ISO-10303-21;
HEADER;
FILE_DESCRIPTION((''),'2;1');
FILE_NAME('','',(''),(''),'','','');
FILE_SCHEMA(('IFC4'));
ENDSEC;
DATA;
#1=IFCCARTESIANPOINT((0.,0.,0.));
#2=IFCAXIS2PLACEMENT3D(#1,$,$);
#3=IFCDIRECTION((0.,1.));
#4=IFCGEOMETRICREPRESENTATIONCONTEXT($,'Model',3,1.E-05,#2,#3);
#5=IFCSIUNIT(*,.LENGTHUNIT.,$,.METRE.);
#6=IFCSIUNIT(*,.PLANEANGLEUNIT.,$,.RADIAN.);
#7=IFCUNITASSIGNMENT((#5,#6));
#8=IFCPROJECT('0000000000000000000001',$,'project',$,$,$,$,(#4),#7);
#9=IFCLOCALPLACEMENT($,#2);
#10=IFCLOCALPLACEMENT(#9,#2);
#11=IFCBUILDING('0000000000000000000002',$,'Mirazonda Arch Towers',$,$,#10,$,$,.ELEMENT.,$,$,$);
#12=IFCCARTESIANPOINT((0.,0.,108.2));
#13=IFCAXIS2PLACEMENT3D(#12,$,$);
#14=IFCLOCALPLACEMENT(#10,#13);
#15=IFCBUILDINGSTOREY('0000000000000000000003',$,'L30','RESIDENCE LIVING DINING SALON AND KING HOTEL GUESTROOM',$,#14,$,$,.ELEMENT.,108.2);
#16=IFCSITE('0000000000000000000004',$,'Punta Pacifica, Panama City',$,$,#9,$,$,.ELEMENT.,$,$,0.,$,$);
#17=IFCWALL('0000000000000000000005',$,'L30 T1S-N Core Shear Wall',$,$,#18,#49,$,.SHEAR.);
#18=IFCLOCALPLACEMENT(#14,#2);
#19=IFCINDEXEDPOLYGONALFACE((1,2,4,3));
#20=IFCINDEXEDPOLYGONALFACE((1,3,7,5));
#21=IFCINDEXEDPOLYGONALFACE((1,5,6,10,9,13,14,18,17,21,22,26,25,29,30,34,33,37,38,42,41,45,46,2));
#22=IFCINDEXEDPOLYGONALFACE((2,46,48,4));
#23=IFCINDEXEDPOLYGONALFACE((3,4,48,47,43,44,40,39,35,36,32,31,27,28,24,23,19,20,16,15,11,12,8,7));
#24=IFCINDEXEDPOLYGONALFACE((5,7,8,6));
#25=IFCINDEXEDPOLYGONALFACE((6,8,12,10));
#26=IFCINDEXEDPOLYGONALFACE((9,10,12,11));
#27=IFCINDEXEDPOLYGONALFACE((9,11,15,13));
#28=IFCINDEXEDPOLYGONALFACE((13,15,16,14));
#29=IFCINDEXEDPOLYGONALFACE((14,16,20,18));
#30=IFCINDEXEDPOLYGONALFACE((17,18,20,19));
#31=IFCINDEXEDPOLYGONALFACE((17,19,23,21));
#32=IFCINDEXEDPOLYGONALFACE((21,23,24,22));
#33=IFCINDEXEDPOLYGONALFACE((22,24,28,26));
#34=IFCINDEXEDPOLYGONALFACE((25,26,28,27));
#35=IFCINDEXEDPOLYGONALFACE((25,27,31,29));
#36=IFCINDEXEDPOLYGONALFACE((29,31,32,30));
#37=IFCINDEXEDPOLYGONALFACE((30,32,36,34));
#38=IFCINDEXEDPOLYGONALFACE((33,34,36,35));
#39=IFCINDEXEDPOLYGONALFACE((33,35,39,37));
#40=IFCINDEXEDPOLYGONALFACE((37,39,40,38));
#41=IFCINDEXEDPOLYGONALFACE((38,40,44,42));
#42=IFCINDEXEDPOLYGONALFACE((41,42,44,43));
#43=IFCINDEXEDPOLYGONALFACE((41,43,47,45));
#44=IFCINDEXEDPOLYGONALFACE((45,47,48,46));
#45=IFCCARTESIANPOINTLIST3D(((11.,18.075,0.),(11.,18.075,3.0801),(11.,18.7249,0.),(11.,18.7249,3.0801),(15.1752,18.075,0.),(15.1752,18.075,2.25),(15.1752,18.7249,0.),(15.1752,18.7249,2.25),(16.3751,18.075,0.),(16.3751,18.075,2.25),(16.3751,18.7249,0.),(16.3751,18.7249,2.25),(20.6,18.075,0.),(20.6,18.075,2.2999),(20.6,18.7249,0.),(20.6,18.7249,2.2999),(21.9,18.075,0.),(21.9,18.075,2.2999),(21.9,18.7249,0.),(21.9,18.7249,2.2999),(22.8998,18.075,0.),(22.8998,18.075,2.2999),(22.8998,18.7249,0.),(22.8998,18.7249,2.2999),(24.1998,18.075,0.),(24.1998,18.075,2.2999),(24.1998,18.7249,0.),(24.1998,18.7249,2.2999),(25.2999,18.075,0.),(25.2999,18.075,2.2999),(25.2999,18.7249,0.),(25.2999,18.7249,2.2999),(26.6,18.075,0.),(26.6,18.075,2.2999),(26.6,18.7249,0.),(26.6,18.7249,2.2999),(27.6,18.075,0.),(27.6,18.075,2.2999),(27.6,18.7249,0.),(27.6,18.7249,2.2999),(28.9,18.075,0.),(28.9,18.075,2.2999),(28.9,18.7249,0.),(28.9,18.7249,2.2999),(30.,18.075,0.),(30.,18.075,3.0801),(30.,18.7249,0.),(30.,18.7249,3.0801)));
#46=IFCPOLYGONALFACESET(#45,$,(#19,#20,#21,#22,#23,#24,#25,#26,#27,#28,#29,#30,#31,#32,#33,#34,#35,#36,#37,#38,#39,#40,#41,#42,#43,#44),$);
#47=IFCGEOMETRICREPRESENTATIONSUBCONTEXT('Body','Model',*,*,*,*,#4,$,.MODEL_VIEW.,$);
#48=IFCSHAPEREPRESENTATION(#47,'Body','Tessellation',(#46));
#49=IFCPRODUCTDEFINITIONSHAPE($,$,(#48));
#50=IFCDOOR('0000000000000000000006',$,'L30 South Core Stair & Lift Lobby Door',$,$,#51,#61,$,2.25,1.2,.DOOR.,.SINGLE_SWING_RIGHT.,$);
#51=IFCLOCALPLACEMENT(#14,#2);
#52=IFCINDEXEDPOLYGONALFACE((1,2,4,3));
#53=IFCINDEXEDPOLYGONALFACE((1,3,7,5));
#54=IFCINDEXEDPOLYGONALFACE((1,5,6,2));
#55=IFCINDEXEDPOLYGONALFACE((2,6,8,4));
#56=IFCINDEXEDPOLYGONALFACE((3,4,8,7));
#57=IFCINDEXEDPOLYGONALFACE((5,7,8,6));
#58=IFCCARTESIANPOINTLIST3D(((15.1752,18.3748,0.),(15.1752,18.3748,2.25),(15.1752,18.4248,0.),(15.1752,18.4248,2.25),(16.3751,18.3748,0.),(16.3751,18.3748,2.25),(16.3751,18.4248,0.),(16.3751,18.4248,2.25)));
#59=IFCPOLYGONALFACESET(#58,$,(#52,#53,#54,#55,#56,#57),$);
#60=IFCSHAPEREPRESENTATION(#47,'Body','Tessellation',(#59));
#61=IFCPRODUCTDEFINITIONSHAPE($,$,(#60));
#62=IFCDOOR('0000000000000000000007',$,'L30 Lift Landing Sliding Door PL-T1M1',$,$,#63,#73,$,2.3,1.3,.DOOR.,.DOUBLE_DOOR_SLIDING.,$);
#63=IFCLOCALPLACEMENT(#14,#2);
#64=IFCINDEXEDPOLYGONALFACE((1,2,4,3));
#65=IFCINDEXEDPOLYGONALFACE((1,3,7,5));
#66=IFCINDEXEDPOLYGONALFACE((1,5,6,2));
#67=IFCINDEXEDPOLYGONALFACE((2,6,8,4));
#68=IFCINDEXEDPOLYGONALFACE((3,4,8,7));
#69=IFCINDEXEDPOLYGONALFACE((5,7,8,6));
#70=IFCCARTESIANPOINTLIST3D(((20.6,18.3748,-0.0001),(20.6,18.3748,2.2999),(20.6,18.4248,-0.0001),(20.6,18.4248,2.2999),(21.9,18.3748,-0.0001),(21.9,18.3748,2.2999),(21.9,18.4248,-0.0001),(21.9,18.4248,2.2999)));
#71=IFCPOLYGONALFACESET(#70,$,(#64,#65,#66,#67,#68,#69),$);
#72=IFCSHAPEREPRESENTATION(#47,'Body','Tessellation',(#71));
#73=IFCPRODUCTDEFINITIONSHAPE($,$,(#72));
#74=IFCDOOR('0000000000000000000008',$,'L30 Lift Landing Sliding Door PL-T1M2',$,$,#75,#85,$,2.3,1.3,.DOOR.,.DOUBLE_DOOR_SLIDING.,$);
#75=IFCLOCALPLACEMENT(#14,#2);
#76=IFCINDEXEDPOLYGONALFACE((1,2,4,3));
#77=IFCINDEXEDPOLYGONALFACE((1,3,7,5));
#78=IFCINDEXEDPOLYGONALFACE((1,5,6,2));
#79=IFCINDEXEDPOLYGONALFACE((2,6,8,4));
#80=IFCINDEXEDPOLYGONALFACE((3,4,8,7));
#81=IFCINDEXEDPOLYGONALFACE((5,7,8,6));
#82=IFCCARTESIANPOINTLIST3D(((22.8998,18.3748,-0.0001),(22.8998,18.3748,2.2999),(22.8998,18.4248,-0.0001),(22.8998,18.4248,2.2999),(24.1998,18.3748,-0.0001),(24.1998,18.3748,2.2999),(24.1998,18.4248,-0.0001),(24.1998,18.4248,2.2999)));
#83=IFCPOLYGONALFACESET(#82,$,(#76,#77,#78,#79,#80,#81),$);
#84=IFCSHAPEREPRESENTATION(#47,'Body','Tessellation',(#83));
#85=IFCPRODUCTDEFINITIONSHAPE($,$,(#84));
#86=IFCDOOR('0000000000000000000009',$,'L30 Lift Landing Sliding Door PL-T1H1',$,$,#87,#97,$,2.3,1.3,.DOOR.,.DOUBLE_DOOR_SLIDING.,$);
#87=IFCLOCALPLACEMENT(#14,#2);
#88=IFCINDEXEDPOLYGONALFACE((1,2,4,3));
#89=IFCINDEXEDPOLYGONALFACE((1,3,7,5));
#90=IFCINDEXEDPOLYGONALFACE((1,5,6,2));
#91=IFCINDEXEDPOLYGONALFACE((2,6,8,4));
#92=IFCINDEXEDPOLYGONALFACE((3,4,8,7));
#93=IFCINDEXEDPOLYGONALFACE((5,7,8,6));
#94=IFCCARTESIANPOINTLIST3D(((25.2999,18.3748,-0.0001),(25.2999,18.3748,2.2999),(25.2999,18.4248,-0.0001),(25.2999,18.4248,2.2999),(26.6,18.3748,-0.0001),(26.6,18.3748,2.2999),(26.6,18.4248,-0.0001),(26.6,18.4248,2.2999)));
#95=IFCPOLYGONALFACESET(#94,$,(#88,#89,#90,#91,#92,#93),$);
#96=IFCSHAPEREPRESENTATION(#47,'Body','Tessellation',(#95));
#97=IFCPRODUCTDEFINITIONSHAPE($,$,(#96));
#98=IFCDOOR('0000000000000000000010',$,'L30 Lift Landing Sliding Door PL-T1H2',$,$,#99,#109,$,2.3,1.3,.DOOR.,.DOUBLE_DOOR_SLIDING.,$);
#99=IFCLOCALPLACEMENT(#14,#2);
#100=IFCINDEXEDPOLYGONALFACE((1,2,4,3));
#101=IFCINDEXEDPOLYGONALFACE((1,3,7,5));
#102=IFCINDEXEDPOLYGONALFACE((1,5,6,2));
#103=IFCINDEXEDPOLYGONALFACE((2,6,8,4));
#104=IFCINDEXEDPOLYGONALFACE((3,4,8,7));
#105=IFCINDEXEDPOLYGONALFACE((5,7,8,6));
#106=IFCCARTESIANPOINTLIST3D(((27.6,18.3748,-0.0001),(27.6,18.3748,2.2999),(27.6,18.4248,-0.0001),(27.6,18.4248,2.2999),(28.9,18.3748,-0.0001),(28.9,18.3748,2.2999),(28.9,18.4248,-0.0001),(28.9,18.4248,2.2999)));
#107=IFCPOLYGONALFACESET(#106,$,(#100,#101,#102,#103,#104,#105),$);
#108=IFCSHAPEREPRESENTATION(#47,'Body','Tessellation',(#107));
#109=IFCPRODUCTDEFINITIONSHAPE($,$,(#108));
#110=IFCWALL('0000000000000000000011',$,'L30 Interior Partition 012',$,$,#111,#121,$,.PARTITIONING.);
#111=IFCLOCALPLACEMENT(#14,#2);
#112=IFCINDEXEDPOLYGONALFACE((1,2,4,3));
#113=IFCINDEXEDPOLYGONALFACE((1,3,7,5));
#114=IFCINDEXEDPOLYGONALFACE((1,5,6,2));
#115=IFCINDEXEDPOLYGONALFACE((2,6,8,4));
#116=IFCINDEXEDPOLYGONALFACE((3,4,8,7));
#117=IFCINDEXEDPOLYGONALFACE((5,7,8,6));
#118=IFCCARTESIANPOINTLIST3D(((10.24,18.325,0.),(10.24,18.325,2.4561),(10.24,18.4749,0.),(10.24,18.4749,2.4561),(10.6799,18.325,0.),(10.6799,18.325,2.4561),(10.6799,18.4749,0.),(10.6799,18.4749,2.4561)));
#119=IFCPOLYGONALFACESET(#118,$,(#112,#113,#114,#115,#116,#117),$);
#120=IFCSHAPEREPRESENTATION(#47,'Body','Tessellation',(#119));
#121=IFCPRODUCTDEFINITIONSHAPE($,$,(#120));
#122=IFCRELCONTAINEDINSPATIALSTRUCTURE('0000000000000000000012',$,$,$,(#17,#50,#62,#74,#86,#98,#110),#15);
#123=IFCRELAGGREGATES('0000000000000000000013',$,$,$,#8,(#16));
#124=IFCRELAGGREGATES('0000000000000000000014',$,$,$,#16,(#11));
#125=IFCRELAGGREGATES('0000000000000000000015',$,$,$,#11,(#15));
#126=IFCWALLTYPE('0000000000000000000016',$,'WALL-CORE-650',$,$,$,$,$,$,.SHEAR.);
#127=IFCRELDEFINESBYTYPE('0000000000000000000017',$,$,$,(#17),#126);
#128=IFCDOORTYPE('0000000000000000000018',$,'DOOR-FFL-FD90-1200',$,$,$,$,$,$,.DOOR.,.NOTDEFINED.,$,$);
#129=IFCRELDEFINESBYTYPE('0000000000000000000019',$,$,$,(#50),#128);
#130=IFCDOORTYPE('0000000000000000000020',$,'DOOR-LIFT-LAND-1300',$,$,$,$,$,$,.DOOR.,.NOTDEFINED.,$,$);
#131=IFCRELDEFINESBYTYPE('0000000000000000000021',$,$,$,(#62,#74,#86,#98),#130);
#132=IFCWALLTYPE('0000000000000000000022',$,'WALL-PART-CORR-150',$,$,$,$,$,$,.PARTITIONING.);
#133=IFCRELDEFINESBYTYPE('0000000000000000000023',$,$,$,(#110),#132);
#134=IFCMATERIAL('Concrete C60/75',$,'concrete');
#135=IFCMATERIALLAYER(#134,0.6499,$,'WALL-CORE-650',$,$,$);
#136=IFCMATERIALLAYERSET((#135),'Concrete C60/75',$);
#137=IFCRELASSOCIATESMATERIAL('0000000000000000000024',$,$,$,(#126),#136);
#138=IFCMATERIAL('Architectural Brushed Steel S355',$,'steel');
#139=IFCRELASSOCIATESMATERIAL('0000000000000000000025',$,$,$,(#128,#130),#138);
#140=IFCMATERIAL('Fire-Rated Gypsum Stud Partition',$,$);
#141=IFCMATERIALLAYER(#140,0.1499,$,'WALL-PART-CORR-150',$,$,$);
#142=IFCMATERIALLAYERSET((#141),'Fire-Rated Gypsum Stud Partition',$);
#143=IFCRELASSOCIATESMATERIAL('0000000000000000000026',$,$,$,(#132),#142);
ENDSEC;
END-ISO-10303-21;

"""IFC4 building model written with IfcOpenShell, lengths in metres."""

from ifc_helpers import new_model, si_unit, direction, frame, frame_2d, origin, place, context, subcontext, project, spatial, rectangle, extrude, material, layer, layer_set, type_object, element, fill, save


model = new_model("IFC4")

# Units and contexts
model_context = context("Model", 3, precision=1e-05, world=origin(), true_north=direction((0.0, 1.0)))
body_context = subcontext(model_context, "Body", "Model", "MODEL_VIEW")
ifc_project = project(units=[si_unit("LENGTHUNIT", "METRE"), si_unit("PLANEANGLEUNIT", "RADIAN")], contexts=[model_context])

# Site, building, storey
site_placement = place(None, origin())
site = spatial("IfcSite", under=ifc_project, at=site_placement, Name="Punta Pacifica, Panama City", CompositionType="ELEMENT", RefElevation=0.0)
building_placement = place(site_placement, origin())
building = spatial("IfcBuilding", under=site, at=building_placement, Name="Mirazonda Arch Towers", CompositionType="ELEMENT")
storey_placement = place(building_placement, frame((0.0, 0.0, 108.2)))
storey = spatial("IfcBuildingStorey", under=building, at=storey_placement, Name="L30", Description="RESIDENCE LIVING DINING SALON AND KING HOTEL GUESTROOM", CompositionType="ELEMENT", Elevation=108.2)

# Shared definitions
ifc_material_1 = material(Name="Architectural Brushed Steel S355", Category="steel")

# Wall, openings, doors
ifc_material_2 = material(Name="Concrete C60/75", Category="concrete")
ifc_layer_1 = layer(ifc_material_2, 0.6499, Name="WALL-CORE-650")
ifc_layer_set_1 = layer_set([ifc_layer_1], Name="Concrete C60/75")
wall_type_1 = type_object("IfcWallType", Name="WALL-CORE-650", PredefinedType="SHEAR", material=ifc_layer_set_1)
wall_1_placement = place(storey_placement, frame((11.0, 18.3999, 0.0), z_axis=(0.0, 0.0, 1.0), x_axis=(1.0, 0.0, 0.0)))
wall_1 = element("IfcWall", 1, at=wall_1_placement, inside=storey, type_object=wall_type_1, Name="L30 T1S-N Core Shear Wall", PredefinedType="SHEAR", context=body_context, shape_type="SweptSolid", body=[
    extrude(rectangle(XDim=19.0, YDim=0.6499, at=frame_2d((9.5, 0.0))), origin(), (0.0, 0.0, 1.0), 3.0801),
])
opening_1_placement = place(wall_1_placement, frame((4.175, 0.0, 0.0)))
opening_1 = element("IfcOpeningElement", 2, at=opening_1_placement, cuts=wall_1, PredefinedType="OPENING", context=body_context, shape_type="SweptSolid", body=[
    extrude(rectangle(XDim=1.2, YDim=2.25, at=frame_2d((0.6001, 1.125))), frame((0.0, 0.335, 0.0), z_axis=(0.0, -1.0, 0.0), x_axis=(1.0, 0.0, 0.0)), (0.0, 0.0, 1.0), 0.6699),
])
opening_2_placement = place(wall_1_placement, frame((9.6001, 0.0, 0.0)))
opening_2 = element("IfcOpeningElement", 3, at=opening_2_placement, cuts=wall_1, PredefinedType="OPENING", context=body_context, shape_type="SweptSolid", body=[
    extrude(rectangle(XDim=1.3, YDim=2.3, at=frame_2d((0.6499, 1.1499))), frame((0.0, 0.335, 0.0), z_axis=(0.0, -1.0, 0.0), x_axis=(1.0, 0.0, 0.0)), (0.0, 0.0, 1.0), 0.6699),
])
opening_3_placement = place(wall_1_placement, frame((11.8999, 0.0, 0.0)))
opening_3 = element("IfcOpeningElement", 4, at=opening_3_placement, cuts=wall_1, PredefinedType="OPENING", context=body_context, shape_type="SweptSolid", body=[
    extrude(rectangle(XDim=1.3, YDim=2.3, at=frame_2d((0.6499, 1.1499))), frame((0.0, 0.335, 0.0), z_axis=(0.0, -1.0, 0.0), x_axis=(1.0, 0.0, 0.0)), (0.0, 0.0, 1.0), 0.6699),
])
opening_4_placement = place(wall_1_placement, frame((14.3, 0.0, 0.0)))
opening_4 = element("IfcOpeningElement", 5, at=opening_4_placement, cuts=wall_1, PredefinedType="OPENING", context=body_context, shape_type="SweptSolid", body=[
    extrude(rectangle(XDim=1.3, YDim=2.3, at=frame_2d((0.6499, 1.1499))), frame((0.0, 0.335, 0.0), z_axis=(0.0, -1.0, 0.0), x_axis=(1.0, 0.0, 0.0)), (0.0, 0.0, 1.0), 0.6699),
])
opening_5_placement = place(wall_1_placement, frame((16.6001, 0.0, 0.0)))
opening_5 = element("IfcOpeningElement", 6, at=opening_5_placement, cuts=wall_1, PredefinedType="OPENING", context=body_context, shape_type="SweptSolid", body=[
    extrude(rectangle(XDim=1.3, YDim=2.3, at=frame_2d((0.6499, 1.1499))), frame((0.0, 0.335, 0.0), z_axis=(0.0, -1.0, 0.0), x_axis=(1.0, 0.0, 0.0)), (0.0, 0.0, 1.0), 0.6699),
])
door_type_1 = type_object("IfcDoorType", Name="DOOR-FFL-FD90-1200", OperationType="NOTDEFINED", PredefinedType="DOOR", material=ifc_material_1)
door_1_placement = place(opening_1_placement, origin())
door_1 = element("IfcDoor", 7, at=door_1_placement, inside=storey, type_object=door_type_1, Name="L30 South Core Stair & Lift Lobby Door", OperationType="SINGLE_SWING_RIGHT", OverallHeight=2.25, OverallWidth=1.2, PredefinedType="DOOR", context=body_context, shape_type="SweptSolid", body=[
    extrude(rectangle(XDim=1.2, YDim=2.25, at=frame_2d((0.6001, 1.125))), frame((0.0, 0.0249, 0.0), z_axis=(0.0, -1.0, 0.0), x_axis=(1.0, 0.0, 0.0)), (0.0, 0.0, 1.0), 0.05),
])
fill(opening_1, door_1)
door_type_2 = type_object("IfcDoorType", Name="DOOR-LIFT-LAND-1300", OperationType="NOTDEFINED", PredefinedType="DOOR", material=ifc_material_1)
door_2_placement = place(opening_2_placement, origin())
door_2 = element("IfcDoor", 8, at=door_2_placement, inside=storey, type_object=door_type_2, Name="L30 Lift Landing Sliding Door PL-T1M1", OperationType="DOUBLE_DOOR_SLIDING", OverallHeight=2.3, OverallWidth=1.3, PredefinedType="DOOR", context=body_context, shape_type="SweptSolid", body=[
    extrude(rectangle(XDim=1.3, YDim=2.3, at=frame_2d((0.6499, 1.1499))), frame((0.0, 0.0249, 0.0), z_axis=(0.0, -1.0, 0.0), x_axis=(1.0, 0.0, 0.0)), (0.0, 0.0, 1.0), 0.05),
])
fill(opening_2, door_2)
door_3_placement = place(opening_3_placement, origin())
door_3 = element("IfcDoor", 9, at=door_3_placement, inside=storey, type_object=door_type_2, Name="L30 Lift Landing Sliding Door PL-T1M2", OperationType="DOUBLE_DOOR_SLIDING", OverallHeight=2.3, OverallWidth=1.3, PredefinedType="DOOR", context=body_context, shape_type="SweptSolid", body=[
    extrude(rectangle(XDim=1.3, YDim=2.3, at=frame_2d((0.6499, 1.1499))), frame((0.0, 0.0249, 0.0), z_axis=(0.0, -1.0, 0.0), x_axis=(1.0, 0.0, 0.0)), (0.0, 0.0, 1.0), 0.05),
])
fill(opening_3, door_3)
door_4_placement = place(opening_4_placement, origin())
door_4 = element("IfcDoor", 10, at=door_4_placement, inside=storey, type_object=door_type_2, Name="L30 Lift Landing Sliding Door PL-T1H1", OperationType="DOUBLE_DOOR_SLIDING", OverallHeight=2.3, OverallWidth=1.3, PredefinedType="DOOR", context=body_context, shape_type="SweptSolid", body=[
    extrude(rectangle(XDim=1.3, YDim=2.3, at=frame_2d((0.6499, 1.1499))), frame((0.0, 0.0249, 0.0), z_axis=(0.0, -1.0, 0.0), x_axis=(1.0, 0.0, 0.0)), (0.0, 0.0, 1.0), 0.05),
])
fill(opening_4, door_4)
door_5_placement = place(opening_5_placement, origin())
door_5 = element("IfcDoor", 11, at=door_5_placement, inside=storey, type_object=door_type_2, Name="L30 Lift Landing Sliding Door PL-T1H2", OperationType="DOUBLE_DOOR_SLIDING", OverallHeight=2.3, OverallWidth=1.3, PredefinedType="DOOR", context=body_context, shape_type="SweptSolid", body=[
    extrude(rectangle(XDim=1.3, YDim=2.3, at=frame_2d((0.6499, 1.1499))), frame((0.0, 0.0249, 0.0), z_axis=(0.0, -1.0, 0.0), x_axis=(1.0, 0.0, 0.0)), (0.0, 0.0, 1.0), 0.05),
])
fill(opening_5, door_5)

# Wall
ifc_material_3 = material(Name="Fire-Rated Gypsum Stud Partition")
ifc_layer_2 = layer(ifc_material_3, 0.1499, Name="WALL-PART-CORR-150")
ifc_layer_set_2 = layer_set([ifc_layer_2], Name="Fire-Rated Gypsum Stud Partition")
wall_type_2 = type_object("IfcWallType", Name="WALL-PART-CORR-150", PredefinedType="PARTITIONING", material=ifc_layer_set_2)
wall_2_placement = place(storey_placement, frame((10.24, 18.3999, 0.0), z_axis=(0.0, 0.0, 1.0), x_axis=(1.0, 0.0, 0.0)))
element("IfcWall", 12, at=wall_2_placement, inside=storey, type_object=wall_type_2, Name="L30 Interior Partition 012", PredefinedType="PARTITIONING", context=body_context, shape_type="SweptSolid", body=[
    extrude(rectangle(XDim=0.4399, YDim=0.1499, at=frame_2d((0.22, 0.0))), origin(), (0.0, 0.0, 1.0), 2.4561),
])

save(model, "model.ifc")
